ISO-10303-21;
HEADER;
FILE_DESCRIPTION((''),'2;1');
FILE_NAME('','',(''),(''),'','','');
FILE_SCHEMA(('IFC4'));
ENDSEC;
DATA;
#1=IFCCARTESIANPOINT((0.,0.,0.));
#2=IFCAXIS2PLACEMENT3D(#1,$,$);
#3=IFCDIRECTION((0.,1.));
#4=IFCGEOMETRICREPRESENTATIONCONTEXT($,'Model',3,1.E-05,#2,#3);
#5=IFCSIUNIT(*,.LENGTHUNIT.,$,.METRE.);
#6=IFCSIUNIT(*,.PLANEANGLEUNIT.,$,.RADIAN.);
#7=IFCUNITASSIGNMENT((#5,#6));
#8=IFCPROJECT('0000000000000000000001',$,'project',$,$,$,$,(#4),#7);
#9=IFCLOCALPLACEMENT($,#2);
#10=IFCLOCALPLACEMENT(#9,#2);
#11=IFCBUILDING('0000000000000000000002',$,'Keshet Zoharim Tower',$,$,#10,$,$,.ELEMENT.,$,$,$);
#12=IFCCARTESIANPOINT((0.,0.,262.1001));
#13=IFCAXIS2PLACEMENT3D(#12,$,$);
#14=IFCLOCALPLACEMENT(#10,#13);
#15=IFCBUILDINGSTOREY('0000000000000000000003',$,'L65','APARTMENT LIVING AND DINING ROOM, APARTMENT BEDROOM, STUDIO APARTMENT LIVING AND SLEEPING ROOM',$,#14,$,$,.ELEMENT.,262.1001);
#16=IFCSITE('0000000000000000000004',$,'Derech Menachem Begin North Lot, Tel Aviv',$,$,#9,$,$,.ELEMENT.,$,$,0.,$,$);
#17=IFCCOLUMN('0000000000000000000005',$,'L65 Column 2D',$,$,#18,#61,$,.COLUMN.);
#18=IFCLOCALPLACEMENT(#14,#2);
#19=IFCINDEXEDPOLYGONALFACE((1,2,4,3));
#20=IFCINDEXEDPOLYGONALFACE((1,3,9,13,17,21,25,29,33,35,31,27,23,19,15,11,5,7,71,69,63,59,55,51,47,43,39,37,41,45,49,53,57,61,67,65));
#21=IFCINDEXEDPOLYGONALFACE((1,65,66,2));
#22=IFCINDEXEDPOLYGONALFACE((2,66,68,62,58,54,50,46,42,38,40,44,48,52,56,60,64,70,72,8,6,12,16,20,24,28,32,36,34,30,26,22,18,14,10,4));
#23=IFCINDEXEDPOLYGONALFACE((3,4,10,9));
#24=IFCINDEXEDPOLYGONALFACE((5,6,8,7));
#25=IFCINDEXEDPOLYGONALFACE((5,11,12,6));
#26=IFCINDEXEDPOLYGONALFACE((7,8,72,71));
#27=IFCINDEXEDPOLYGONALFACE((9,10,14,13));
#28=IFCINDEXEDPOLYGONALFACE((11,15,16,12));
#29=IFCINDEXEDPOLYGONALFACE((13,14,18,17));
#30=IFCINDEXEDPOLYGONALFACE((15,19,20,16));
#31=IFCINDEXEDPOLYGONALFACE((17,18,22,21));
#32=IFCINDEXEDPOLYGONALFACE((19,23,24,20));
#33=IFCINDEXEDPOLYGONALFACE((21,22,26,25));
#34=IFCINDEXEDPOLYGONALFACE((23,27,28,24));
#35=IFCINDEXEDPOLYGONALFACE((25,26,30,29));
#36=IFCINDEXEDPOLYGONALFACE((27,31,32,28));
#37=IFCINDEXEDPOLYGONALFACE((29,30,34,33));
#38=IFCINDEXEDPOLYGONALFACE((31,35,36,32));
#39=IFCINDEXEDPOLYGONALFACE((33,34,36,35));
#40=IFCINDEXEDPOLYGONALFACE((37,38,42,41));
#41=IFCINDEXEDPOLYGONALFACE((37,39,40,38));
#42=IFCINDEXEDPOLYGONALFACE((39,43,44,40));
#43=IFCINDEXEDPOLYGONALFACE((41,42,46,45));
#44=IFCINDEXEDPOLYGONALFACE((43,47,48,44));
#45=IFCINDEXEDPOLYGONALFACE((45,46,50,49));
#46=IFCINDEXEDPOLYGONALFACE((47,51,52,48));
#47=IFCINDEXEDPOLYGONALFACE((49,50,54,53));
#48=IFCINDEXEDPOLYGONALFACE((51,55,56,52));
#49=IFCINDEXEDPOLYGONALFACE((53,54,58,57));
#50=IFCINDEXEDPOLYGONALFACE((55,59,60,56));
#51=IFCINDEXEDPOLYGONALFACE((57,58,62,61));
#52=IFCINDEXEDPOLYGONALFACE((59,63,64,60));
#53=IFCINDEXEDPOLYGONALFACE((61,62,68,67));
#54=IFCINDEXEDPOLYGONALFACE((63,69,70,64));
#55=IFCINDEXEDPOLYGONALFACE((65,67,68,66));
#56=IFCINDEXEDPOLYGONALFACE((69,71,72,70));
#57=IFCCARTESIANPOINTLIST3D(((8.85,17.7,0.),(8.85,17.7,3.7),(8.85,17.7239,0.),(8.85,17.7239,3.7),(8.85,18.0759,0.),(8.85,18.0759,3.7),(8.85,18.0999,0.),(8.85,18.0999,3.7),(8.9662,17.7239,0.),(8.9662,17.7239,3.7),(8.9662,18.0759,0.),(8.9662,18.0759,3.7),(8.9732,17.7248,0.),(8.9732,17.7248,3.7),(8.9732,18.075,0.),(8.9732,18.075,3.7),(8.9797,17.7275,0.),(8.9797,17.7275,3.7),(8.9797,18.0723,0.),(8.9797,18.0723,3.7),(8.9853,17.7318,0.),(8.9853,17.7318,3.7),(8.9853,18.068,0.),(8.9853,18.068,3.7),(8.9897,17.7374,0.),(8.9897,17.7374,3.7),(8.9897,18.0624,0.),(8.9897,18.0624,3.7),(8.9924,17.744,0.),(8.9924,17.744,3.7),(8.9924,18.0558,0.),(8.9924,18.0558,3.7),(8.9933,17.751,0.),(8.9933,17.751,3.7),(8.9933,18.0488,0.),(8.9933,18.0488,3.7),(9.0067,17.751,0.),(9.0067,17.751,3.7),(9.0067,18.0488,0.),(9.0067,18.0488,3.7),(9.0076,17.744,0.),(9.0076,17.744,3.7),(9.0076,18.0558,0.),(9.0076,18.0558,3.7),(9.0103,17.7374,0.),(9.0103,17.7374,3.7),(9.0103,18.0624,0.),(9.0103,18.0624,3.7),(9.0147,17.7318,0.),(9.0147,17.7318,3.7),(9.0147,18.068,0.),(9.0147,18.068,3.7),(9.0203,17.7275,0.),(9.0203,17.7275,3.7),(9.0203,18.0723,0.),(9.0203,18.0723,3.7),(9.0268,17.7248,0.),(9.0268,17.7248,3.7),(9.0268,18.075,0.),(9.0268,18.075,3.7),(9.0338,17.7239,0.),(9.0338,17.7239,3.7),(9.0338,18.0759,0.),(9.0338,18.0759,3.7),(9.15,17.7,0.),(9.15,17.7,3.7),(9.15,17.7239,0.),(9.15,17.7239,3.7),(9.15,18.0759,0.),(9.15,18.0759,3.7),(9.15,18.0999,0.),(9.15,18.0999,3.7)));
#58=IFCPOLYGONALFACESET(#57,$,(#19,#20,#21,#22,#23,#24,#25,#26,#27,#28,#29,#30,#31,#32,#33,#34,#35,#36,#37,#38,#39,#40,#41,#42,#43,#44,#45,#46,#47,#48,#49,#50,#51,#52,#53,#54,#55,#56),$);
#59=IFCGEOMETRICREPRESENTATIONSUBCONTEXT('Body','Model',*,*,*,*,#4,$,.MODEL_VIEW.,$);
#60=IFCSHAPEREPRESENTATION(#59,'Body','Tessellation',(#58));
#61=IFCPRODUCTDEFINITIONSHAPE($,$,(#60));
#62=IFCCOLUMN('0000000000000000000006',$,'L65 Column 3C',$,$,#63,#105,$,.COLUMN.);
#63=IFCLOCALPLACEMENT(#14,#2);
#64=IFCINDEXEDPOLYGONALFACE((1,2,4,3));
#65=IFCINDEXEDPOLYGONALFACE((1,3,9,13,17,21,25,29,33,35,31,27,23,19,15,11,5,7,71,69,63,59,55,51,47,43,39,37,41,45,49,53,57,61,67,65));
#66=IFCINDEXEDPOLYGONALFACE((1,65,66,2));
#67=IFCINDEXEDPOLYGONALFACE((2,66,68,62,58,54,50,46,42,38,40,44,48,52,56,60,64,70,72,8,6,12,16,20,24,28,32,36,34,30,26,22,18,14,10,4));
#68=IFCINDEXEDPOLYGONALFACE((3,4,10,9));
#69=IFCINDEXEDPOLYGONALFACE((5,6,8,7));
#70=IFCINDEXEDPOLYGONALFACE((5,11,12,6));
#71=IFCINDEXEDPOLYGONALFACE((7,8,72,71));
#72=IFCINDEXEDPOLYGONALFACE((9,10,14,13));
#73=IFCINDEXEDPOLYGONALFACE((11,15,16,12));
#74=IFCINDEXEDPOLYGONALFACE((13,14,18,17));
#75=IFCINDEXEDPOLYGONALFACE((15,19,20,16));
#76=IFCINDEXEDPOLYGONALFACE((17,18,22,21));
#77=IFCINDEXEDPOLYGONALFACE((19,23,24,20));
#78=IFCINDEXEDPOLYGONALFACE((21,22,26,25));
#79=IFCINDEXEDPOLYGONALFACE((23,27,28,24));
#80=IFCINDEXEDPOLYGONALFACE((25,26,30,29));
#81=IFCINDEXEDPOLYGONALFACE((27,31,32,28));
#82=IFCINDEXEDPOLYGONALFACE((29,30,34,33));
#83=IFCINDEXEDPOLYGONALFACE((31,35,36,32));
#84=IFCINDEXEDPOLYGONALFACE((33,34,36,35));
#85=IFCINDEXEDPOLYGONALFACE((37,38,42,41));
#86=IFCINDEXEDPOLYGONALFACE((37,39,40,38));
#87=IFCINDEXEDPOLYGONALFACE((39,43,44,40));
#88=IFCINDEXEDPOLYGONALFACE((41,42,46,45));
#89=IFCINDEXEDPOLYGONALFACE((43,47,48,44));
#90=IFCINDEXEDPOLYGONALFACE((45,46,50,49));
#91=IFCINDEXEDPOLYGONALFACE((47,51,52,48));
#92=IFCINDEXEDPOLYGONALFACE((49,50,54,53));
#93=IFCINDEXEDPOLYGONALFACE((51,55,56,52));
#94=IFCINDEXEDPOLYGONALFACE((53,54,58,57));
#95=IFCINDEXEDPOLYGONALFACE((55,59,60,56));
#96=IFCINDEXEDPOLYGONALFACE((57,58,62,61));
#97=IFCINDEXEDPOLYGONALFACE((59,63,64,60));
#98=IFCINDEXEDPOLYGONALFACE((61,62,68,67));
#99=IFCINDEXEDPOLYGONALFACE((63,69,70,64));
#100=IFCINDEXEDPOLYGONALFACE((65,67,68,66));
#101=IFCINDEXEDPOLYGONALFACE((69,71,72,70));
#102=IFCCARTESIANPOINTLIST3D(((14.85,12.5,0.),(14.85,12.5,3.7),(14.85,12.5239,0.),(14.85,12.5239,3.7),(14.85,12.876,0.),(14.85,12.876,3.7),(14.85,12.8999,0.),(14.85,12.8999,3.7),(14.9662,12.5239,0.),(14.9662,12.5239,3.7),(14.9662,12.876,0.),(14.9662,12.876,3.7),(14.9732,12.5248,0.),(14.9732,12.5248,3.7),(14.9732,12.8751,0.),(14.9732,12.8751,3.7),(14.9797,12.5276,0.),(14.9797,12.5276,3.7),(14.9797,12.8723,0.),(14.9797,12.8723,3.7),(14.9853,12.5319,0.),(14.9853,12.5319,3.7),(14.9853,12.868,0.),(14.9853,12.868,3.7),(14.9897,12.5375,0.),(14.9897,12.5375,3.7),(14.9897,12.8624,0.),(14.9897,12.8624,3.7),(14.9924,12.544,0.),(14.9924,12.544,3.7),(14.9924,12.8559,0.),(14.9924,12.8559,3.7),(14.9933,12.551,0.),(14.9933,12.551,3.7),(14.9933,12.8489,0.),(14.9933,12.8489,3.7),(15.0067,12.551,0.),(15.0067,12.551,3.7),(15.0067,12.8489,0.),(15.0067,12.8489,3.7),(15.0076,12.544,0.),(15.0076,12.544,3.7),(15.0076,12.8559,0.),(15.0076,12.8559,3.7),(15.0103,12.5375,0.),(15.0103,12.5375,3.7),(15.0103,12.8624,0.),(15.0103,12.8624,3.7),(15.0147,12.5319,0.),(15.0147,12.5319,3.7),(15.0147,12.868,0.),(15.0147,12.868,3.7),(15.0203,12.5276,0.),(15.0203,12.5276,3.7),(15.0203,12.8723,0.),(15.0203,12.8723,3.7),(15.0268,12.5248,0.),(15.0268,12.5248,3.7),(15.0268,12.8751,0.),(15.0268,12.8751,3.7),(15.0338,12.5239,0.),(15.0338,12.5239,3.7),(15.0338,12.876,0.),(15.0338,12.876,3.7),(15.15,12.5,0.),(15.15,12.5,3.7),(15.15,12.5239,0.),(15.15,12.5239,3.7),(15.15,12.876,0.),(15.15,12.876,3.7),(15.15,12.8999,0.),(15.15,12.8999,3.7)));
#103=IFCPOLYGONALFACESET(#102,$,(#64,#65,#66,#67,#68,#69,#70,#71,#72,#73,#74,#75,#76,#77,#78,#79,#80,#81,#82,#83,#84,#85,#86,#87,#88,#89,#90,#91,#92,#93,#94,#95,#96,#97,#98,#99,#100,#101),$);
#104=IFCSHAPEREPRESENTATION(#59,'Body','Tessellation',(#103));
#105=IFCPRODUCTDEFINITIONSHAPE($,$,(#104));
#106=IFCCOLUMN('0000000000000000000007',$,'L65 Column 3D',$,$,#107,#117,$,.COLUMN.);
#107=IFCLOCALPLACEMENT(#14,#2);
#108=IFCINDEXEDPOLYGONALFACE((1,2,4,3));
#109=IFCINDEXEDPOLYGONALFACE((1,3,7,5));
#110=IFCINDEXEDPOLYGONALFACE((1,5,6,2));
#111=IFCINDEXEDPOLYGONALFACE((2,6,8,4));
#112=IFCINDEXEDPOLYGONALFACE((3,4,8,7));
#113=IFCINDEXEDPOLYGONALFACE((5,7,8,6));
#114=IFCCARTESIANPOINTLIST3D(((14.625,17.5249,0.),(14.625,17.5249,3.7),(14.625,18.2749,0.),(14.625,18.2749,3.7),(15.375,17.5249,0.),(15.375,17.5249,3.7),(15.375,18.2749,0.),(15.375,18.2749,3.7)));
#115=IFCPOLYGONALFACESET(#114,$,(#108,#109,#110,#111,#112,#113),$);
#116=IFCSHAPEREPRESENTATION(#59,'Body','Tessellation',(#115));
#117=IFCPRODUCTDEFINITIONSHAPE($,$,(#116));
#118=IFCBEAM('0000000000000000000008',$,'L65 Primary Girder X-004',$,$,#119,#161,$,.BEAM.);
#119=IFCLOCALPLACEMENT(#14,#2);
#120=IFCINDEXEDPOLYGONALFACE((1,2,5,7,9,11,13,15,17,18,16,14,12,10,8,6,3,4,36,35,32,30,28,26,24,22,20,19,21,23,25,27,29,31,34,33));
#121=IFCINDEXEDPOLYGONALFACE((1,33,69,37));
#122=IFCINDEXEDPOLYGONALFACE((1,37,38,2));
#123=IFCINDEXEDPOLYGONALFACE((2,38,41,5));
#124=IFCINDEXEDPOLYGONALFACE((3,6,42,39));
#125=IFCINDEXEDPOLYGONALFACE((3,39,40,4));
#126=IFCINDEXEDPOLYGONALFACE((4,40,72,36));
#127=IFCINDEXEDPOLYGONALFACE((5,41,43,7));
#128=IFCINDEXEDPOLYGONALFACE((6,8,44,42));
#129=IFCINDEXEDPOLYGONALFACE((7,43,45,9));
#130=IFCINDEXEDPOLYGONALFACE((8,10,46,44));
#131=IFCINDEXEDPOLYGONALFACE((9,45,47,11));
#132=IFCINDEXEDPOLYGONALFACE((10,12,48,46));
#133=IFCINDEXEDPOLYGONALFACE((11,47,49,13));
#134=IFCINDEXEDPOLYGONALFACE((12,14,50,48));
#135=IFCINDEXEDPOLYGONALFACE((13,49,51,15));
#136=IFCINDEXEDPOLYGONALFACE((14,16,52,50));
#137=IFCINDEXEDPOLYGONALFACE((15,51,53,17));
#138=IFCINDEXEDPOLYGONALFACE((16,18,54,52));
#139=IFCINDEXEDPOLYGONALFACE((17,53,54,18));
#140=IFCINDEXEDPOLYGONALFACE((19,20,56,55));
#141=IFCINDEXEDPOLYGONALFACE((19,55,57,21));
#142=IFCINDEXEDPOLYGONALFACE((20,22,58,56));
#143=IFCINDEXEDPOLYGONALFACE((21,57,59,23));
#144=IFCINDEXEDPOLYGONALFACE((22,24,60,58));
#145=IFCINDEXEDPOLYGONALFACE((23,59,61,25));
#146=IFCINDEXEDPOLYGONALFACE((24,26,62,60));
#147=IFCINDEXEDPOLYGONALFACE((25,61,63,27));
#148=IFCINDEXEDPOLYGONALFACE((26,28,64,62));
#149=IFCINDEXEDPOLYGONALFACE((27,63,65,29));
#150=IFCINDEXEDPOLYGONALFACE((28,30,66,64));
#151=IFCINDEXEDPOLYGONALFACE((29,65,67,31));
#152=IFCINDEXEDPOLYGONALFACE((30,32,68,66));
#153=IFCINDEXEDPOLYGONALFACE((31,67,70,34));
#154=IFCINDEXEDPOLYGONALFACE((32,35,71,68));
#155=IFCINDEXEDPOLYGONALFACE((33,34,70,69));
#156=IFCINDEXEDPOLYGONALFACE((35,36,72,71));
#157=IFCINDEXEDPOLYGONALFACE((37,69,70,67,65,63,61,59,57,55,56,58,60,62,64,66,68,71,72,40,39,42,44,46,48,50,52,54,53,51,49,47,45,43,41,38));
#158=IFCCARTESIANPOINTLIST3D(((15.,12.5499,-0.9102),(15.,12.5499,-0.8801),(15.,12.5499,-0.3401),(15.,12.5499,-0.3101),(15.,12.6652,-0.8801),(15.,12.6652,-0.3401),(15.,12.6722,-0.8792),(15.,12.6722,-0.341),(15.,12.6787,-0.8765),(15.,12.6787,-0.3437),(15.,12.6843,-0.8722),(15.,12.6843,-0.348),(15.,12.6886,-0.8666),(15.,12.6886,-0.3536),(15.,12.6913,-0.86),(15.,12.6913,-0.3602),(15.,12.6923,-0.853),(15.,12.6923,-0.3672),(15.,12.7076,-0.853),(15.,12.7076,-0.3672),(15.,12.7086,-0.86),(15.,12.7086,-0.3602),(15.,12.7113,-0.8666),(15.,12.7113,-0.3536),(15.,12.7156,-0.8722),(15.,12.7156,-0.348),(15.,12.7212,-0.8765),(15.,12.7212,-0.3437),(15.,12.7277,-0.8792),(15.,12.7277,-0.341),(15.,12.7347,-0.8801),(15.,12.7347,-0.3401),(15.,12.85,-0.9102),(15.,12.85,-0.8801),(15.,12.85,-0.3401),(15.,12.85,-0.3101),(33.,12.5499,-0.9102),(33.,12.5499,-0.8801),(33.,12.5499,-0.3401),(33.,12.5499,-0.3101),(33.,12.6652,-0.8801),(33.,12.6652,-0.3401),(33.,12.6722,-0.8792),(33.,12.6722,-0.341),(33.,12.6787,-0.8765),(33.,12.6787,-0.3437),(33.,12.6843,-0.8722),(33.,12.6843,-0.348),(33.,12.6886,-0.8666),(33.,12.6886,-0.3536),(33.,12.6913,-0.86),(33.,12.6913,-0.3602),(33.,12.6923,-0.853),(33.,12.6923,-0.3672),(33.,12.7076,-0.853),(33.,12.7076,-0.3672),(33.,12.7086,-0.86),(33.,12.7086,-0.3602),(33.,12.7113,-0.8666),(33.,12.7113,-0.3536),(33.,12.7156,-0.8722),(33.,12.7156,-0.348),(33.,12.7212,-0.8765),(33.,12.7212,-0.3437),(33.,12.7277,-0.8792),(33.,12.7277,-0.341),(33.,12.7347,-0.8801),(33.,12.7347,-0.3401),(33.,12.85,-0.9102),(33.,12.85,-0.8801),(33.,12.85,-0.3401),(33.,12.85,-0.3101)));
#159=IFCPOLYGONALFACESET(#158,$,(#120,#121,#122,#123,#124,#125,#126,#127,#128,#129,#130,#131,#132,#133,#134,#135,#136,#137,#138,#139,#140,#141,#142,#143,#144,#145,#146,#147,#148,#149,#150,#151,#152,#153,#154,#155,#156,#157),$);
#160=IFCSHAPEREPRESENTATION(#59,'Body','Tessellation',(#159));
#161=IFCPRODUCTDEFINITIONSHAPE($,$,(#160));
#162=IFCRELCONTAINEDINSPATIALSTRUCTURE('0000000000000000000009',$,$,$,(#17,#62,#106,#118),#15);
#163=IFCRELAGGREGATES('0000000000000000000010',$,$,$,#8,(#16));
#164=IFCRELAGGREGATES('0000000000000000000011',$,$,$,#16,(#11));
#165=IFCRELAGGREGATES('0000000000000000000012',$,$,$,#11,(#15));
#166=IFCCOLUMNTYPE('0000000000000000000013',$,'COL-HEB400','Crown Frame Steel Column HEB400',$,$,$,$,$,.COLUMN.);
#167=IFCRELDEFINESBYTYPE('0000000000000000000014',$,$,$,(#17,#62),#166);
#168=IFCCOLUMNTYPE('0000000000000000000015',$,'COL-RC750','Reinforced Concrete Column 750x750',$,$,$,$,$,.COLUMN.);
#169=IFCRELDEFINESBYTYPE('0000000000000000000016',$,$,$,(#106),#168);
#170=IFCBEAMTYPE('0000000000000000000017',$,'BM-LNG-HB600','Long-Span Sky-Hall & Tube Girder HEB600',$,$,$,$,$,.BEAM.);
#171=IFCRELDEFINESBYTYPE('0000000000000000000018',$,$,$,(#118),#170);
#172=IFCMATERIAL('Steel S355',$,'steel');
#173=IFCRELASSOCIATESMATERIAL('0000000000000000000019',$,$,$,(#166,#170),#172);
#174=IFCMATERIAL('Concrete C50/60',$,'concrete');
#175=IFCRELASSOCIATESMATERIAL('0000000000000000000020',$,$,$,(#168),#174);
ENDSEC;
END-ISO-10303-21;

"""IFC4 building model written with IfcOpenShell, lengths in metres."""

from ifc_helpers import new_model, si_unit, direction, frame, origin, origin_2d, place, context, subcontext, project, spatial, rectangle, i_section, extrude, material, material_profile, profile_set, type_object, element, save


model = new_model("IFC4")

# Units and contexts
model_context = context("Model", 3, precision=1e-05, world=origin(), true_north=direction((0.0, 1.0)))
body_context = subcontext(model_context, "Body", "Model", "MODEL_VIEW")
ifc_project = project(units=[si_unit("LENGTHUNIT", "METRE"), si_unit("PLANEANGLEUNIT", "RADIAN")], contexts=[model_context])

# Site, building, storey
site_placement = place(None, origin())
site = spatial("IfcSite", under=ifc_project, at=site_placement, Name="Derech Menachem Begin North Lot, Tel Aviv", CompositionType="ELEMENT", RefElevation=0.0)
building_placement = place(site_placement, origin())
building = spatial("IfcBuilding", under=site, at=building_placement, Name="Keshet Zoharim Tower", CompositionType="ELEMENT")
storey_placement = place(building_placement, frame((0.0, 0.0, 262.1001)))
storey = spatial("IfcBuildingStorey", under=building, at=storey_placement, Name="L65", Description="APARTMENT LIVING AND DINING ROOM, APARTMENT BEDROOM, STUDIO APARTMENT LIVING AND SLEEPING ROOM", CompositionType="ELEMENT", Elevation=262.1001)

# Columns
ifc_material_1 = material(Name="Steel S355", Category="steel")
ifc_material_profile_1 = material_profile(ifc_material_1, i_section(OverallWidth=0.3, OverallDepth=0.3999, WebThickness=0.0134, FlangeThickness=0.0239, FilletRadius=0.0271, at=origin_2d()), Name="HEB400")
ifc_profile_set_1 = profile_set([ifc_material_profile_1], Name="Steel S355")
column_type_1 = type_object("IfcColumnType", Name="COL-HEB400", Description="Crown Frame Steel Column HEB400", PredefinedType="COLUMN", material=ifc_profile_set_1)
for number, where, z_axis, x_axis, name in (
    (1, (9.0, 17.8999, 0.0), (0.0, 0.0, 1.0), (1.0, 0.0, 0.0), "L65 Column 2D"),
    (2, (15.0, 12.7, 0.0), (0.0, 0.0, 1.0), (1.0, 0.0, 0.0), "L65 Column 3C"),
):
    element("IfcColumn", number, at=place(storey_placement, frame(where, z_axis=z_axis, x_axis=x_axis)), inside=storey, type_object=column_type_1, Name=name, PredefinedType="COLUMN", context=body_context, shape_type="SweptSolid", body=[
        extrude(i_section(OverallWidth=0.3, OverallDepth=0.3999, WebThickness=0.0134, FlangeThickness=0.0239, FilletRadius=0.0271, at=origin_2d()), origin(), (0.0, 0.0, 1.0), 3.7),
    ])
ifc_material_2 = material(Name="Concrete C50/60", Category="concrete")
ifc_material_profile_2 = material_profile(ifc_material_2, rectangle(XDim=0.75, YDim=0.75, at=origin_2d()), Name="RC750x750")
ifc_profile_set_2 = profile_set([ifc_material_profile_2], Name="Concrete C50/60")
column_type_2 = type_object("IfcColumnType", Name="COL-RC750", Description="Reinforced Concrete Column 750x750", PredefinedType="COLUMN", material=ifc_profile_set_2)
column_placement = place(storey_placement, frame((15.0, 17.8999, 0.0), z_axis=(0.0, 0.0, 1.0), x_axis=(1.0, 0.0, 0.0)))
element("IfcColumn", 3, at=column_placement, inside=storey, type_object=column_type_2, Name="L65 Column 3D", PredefinedType="COLUMN", context=body_context, shape_type="SweptSolid", body=[
    extrude(rectangle(XDim=0.75, YDim=0.75, at=origin_2d()), origin(), (0.0, 0.0, 1.0), 3.7),
])

# Beam
ifc_material_profile_3 = material_profile(ifc_material_1, i_section(OverallWidth=0.3, OverallDepth=0.6001, WebThickness=0.0154, FlangeThickness=0.03, FilletRadius=0.0271, at=origin_2d()), Name="HEB600")
ifc_profile_set_3 = profile_set([ifc_material_profile_3], Name="Steel S355")
beam_type_1 = type_object("IfcBeamType", Name="BM-LNG-HB600", Description="Long-Span Sky-Hall & Tube Girder HEB600", PredefinedType="BEAM", material=ifc_profile_set_3)
for number, where, z_axis, x_axis, name in (
    (4, (15.0, 12.7, -0.6101), (1.0, 0.0, 0.0), (0.0, 1.0, 0.0), "L65 Primary Girder X-004"),
):
    element("IfcBeam", number, at=place(storey_placement, frame(where, z_axis=z_axis, x_axis=x_axis)), inside=storey, type_object=beam_type_1, Name=name, PredefinedType="BEAM", context=body_context, shape_type="SweptSolid", body=[
        extrude(i_section(OverallWidth=0.3, OverallDepth=0.6001, WebThickness=0.0154, FlangeThickness=0.03, FilletRadius=0.0271, at=origin_2d()), origin(), (0.0, 0.0, 1.0), 18.0),
    ])

save(model, "model.ifc")
